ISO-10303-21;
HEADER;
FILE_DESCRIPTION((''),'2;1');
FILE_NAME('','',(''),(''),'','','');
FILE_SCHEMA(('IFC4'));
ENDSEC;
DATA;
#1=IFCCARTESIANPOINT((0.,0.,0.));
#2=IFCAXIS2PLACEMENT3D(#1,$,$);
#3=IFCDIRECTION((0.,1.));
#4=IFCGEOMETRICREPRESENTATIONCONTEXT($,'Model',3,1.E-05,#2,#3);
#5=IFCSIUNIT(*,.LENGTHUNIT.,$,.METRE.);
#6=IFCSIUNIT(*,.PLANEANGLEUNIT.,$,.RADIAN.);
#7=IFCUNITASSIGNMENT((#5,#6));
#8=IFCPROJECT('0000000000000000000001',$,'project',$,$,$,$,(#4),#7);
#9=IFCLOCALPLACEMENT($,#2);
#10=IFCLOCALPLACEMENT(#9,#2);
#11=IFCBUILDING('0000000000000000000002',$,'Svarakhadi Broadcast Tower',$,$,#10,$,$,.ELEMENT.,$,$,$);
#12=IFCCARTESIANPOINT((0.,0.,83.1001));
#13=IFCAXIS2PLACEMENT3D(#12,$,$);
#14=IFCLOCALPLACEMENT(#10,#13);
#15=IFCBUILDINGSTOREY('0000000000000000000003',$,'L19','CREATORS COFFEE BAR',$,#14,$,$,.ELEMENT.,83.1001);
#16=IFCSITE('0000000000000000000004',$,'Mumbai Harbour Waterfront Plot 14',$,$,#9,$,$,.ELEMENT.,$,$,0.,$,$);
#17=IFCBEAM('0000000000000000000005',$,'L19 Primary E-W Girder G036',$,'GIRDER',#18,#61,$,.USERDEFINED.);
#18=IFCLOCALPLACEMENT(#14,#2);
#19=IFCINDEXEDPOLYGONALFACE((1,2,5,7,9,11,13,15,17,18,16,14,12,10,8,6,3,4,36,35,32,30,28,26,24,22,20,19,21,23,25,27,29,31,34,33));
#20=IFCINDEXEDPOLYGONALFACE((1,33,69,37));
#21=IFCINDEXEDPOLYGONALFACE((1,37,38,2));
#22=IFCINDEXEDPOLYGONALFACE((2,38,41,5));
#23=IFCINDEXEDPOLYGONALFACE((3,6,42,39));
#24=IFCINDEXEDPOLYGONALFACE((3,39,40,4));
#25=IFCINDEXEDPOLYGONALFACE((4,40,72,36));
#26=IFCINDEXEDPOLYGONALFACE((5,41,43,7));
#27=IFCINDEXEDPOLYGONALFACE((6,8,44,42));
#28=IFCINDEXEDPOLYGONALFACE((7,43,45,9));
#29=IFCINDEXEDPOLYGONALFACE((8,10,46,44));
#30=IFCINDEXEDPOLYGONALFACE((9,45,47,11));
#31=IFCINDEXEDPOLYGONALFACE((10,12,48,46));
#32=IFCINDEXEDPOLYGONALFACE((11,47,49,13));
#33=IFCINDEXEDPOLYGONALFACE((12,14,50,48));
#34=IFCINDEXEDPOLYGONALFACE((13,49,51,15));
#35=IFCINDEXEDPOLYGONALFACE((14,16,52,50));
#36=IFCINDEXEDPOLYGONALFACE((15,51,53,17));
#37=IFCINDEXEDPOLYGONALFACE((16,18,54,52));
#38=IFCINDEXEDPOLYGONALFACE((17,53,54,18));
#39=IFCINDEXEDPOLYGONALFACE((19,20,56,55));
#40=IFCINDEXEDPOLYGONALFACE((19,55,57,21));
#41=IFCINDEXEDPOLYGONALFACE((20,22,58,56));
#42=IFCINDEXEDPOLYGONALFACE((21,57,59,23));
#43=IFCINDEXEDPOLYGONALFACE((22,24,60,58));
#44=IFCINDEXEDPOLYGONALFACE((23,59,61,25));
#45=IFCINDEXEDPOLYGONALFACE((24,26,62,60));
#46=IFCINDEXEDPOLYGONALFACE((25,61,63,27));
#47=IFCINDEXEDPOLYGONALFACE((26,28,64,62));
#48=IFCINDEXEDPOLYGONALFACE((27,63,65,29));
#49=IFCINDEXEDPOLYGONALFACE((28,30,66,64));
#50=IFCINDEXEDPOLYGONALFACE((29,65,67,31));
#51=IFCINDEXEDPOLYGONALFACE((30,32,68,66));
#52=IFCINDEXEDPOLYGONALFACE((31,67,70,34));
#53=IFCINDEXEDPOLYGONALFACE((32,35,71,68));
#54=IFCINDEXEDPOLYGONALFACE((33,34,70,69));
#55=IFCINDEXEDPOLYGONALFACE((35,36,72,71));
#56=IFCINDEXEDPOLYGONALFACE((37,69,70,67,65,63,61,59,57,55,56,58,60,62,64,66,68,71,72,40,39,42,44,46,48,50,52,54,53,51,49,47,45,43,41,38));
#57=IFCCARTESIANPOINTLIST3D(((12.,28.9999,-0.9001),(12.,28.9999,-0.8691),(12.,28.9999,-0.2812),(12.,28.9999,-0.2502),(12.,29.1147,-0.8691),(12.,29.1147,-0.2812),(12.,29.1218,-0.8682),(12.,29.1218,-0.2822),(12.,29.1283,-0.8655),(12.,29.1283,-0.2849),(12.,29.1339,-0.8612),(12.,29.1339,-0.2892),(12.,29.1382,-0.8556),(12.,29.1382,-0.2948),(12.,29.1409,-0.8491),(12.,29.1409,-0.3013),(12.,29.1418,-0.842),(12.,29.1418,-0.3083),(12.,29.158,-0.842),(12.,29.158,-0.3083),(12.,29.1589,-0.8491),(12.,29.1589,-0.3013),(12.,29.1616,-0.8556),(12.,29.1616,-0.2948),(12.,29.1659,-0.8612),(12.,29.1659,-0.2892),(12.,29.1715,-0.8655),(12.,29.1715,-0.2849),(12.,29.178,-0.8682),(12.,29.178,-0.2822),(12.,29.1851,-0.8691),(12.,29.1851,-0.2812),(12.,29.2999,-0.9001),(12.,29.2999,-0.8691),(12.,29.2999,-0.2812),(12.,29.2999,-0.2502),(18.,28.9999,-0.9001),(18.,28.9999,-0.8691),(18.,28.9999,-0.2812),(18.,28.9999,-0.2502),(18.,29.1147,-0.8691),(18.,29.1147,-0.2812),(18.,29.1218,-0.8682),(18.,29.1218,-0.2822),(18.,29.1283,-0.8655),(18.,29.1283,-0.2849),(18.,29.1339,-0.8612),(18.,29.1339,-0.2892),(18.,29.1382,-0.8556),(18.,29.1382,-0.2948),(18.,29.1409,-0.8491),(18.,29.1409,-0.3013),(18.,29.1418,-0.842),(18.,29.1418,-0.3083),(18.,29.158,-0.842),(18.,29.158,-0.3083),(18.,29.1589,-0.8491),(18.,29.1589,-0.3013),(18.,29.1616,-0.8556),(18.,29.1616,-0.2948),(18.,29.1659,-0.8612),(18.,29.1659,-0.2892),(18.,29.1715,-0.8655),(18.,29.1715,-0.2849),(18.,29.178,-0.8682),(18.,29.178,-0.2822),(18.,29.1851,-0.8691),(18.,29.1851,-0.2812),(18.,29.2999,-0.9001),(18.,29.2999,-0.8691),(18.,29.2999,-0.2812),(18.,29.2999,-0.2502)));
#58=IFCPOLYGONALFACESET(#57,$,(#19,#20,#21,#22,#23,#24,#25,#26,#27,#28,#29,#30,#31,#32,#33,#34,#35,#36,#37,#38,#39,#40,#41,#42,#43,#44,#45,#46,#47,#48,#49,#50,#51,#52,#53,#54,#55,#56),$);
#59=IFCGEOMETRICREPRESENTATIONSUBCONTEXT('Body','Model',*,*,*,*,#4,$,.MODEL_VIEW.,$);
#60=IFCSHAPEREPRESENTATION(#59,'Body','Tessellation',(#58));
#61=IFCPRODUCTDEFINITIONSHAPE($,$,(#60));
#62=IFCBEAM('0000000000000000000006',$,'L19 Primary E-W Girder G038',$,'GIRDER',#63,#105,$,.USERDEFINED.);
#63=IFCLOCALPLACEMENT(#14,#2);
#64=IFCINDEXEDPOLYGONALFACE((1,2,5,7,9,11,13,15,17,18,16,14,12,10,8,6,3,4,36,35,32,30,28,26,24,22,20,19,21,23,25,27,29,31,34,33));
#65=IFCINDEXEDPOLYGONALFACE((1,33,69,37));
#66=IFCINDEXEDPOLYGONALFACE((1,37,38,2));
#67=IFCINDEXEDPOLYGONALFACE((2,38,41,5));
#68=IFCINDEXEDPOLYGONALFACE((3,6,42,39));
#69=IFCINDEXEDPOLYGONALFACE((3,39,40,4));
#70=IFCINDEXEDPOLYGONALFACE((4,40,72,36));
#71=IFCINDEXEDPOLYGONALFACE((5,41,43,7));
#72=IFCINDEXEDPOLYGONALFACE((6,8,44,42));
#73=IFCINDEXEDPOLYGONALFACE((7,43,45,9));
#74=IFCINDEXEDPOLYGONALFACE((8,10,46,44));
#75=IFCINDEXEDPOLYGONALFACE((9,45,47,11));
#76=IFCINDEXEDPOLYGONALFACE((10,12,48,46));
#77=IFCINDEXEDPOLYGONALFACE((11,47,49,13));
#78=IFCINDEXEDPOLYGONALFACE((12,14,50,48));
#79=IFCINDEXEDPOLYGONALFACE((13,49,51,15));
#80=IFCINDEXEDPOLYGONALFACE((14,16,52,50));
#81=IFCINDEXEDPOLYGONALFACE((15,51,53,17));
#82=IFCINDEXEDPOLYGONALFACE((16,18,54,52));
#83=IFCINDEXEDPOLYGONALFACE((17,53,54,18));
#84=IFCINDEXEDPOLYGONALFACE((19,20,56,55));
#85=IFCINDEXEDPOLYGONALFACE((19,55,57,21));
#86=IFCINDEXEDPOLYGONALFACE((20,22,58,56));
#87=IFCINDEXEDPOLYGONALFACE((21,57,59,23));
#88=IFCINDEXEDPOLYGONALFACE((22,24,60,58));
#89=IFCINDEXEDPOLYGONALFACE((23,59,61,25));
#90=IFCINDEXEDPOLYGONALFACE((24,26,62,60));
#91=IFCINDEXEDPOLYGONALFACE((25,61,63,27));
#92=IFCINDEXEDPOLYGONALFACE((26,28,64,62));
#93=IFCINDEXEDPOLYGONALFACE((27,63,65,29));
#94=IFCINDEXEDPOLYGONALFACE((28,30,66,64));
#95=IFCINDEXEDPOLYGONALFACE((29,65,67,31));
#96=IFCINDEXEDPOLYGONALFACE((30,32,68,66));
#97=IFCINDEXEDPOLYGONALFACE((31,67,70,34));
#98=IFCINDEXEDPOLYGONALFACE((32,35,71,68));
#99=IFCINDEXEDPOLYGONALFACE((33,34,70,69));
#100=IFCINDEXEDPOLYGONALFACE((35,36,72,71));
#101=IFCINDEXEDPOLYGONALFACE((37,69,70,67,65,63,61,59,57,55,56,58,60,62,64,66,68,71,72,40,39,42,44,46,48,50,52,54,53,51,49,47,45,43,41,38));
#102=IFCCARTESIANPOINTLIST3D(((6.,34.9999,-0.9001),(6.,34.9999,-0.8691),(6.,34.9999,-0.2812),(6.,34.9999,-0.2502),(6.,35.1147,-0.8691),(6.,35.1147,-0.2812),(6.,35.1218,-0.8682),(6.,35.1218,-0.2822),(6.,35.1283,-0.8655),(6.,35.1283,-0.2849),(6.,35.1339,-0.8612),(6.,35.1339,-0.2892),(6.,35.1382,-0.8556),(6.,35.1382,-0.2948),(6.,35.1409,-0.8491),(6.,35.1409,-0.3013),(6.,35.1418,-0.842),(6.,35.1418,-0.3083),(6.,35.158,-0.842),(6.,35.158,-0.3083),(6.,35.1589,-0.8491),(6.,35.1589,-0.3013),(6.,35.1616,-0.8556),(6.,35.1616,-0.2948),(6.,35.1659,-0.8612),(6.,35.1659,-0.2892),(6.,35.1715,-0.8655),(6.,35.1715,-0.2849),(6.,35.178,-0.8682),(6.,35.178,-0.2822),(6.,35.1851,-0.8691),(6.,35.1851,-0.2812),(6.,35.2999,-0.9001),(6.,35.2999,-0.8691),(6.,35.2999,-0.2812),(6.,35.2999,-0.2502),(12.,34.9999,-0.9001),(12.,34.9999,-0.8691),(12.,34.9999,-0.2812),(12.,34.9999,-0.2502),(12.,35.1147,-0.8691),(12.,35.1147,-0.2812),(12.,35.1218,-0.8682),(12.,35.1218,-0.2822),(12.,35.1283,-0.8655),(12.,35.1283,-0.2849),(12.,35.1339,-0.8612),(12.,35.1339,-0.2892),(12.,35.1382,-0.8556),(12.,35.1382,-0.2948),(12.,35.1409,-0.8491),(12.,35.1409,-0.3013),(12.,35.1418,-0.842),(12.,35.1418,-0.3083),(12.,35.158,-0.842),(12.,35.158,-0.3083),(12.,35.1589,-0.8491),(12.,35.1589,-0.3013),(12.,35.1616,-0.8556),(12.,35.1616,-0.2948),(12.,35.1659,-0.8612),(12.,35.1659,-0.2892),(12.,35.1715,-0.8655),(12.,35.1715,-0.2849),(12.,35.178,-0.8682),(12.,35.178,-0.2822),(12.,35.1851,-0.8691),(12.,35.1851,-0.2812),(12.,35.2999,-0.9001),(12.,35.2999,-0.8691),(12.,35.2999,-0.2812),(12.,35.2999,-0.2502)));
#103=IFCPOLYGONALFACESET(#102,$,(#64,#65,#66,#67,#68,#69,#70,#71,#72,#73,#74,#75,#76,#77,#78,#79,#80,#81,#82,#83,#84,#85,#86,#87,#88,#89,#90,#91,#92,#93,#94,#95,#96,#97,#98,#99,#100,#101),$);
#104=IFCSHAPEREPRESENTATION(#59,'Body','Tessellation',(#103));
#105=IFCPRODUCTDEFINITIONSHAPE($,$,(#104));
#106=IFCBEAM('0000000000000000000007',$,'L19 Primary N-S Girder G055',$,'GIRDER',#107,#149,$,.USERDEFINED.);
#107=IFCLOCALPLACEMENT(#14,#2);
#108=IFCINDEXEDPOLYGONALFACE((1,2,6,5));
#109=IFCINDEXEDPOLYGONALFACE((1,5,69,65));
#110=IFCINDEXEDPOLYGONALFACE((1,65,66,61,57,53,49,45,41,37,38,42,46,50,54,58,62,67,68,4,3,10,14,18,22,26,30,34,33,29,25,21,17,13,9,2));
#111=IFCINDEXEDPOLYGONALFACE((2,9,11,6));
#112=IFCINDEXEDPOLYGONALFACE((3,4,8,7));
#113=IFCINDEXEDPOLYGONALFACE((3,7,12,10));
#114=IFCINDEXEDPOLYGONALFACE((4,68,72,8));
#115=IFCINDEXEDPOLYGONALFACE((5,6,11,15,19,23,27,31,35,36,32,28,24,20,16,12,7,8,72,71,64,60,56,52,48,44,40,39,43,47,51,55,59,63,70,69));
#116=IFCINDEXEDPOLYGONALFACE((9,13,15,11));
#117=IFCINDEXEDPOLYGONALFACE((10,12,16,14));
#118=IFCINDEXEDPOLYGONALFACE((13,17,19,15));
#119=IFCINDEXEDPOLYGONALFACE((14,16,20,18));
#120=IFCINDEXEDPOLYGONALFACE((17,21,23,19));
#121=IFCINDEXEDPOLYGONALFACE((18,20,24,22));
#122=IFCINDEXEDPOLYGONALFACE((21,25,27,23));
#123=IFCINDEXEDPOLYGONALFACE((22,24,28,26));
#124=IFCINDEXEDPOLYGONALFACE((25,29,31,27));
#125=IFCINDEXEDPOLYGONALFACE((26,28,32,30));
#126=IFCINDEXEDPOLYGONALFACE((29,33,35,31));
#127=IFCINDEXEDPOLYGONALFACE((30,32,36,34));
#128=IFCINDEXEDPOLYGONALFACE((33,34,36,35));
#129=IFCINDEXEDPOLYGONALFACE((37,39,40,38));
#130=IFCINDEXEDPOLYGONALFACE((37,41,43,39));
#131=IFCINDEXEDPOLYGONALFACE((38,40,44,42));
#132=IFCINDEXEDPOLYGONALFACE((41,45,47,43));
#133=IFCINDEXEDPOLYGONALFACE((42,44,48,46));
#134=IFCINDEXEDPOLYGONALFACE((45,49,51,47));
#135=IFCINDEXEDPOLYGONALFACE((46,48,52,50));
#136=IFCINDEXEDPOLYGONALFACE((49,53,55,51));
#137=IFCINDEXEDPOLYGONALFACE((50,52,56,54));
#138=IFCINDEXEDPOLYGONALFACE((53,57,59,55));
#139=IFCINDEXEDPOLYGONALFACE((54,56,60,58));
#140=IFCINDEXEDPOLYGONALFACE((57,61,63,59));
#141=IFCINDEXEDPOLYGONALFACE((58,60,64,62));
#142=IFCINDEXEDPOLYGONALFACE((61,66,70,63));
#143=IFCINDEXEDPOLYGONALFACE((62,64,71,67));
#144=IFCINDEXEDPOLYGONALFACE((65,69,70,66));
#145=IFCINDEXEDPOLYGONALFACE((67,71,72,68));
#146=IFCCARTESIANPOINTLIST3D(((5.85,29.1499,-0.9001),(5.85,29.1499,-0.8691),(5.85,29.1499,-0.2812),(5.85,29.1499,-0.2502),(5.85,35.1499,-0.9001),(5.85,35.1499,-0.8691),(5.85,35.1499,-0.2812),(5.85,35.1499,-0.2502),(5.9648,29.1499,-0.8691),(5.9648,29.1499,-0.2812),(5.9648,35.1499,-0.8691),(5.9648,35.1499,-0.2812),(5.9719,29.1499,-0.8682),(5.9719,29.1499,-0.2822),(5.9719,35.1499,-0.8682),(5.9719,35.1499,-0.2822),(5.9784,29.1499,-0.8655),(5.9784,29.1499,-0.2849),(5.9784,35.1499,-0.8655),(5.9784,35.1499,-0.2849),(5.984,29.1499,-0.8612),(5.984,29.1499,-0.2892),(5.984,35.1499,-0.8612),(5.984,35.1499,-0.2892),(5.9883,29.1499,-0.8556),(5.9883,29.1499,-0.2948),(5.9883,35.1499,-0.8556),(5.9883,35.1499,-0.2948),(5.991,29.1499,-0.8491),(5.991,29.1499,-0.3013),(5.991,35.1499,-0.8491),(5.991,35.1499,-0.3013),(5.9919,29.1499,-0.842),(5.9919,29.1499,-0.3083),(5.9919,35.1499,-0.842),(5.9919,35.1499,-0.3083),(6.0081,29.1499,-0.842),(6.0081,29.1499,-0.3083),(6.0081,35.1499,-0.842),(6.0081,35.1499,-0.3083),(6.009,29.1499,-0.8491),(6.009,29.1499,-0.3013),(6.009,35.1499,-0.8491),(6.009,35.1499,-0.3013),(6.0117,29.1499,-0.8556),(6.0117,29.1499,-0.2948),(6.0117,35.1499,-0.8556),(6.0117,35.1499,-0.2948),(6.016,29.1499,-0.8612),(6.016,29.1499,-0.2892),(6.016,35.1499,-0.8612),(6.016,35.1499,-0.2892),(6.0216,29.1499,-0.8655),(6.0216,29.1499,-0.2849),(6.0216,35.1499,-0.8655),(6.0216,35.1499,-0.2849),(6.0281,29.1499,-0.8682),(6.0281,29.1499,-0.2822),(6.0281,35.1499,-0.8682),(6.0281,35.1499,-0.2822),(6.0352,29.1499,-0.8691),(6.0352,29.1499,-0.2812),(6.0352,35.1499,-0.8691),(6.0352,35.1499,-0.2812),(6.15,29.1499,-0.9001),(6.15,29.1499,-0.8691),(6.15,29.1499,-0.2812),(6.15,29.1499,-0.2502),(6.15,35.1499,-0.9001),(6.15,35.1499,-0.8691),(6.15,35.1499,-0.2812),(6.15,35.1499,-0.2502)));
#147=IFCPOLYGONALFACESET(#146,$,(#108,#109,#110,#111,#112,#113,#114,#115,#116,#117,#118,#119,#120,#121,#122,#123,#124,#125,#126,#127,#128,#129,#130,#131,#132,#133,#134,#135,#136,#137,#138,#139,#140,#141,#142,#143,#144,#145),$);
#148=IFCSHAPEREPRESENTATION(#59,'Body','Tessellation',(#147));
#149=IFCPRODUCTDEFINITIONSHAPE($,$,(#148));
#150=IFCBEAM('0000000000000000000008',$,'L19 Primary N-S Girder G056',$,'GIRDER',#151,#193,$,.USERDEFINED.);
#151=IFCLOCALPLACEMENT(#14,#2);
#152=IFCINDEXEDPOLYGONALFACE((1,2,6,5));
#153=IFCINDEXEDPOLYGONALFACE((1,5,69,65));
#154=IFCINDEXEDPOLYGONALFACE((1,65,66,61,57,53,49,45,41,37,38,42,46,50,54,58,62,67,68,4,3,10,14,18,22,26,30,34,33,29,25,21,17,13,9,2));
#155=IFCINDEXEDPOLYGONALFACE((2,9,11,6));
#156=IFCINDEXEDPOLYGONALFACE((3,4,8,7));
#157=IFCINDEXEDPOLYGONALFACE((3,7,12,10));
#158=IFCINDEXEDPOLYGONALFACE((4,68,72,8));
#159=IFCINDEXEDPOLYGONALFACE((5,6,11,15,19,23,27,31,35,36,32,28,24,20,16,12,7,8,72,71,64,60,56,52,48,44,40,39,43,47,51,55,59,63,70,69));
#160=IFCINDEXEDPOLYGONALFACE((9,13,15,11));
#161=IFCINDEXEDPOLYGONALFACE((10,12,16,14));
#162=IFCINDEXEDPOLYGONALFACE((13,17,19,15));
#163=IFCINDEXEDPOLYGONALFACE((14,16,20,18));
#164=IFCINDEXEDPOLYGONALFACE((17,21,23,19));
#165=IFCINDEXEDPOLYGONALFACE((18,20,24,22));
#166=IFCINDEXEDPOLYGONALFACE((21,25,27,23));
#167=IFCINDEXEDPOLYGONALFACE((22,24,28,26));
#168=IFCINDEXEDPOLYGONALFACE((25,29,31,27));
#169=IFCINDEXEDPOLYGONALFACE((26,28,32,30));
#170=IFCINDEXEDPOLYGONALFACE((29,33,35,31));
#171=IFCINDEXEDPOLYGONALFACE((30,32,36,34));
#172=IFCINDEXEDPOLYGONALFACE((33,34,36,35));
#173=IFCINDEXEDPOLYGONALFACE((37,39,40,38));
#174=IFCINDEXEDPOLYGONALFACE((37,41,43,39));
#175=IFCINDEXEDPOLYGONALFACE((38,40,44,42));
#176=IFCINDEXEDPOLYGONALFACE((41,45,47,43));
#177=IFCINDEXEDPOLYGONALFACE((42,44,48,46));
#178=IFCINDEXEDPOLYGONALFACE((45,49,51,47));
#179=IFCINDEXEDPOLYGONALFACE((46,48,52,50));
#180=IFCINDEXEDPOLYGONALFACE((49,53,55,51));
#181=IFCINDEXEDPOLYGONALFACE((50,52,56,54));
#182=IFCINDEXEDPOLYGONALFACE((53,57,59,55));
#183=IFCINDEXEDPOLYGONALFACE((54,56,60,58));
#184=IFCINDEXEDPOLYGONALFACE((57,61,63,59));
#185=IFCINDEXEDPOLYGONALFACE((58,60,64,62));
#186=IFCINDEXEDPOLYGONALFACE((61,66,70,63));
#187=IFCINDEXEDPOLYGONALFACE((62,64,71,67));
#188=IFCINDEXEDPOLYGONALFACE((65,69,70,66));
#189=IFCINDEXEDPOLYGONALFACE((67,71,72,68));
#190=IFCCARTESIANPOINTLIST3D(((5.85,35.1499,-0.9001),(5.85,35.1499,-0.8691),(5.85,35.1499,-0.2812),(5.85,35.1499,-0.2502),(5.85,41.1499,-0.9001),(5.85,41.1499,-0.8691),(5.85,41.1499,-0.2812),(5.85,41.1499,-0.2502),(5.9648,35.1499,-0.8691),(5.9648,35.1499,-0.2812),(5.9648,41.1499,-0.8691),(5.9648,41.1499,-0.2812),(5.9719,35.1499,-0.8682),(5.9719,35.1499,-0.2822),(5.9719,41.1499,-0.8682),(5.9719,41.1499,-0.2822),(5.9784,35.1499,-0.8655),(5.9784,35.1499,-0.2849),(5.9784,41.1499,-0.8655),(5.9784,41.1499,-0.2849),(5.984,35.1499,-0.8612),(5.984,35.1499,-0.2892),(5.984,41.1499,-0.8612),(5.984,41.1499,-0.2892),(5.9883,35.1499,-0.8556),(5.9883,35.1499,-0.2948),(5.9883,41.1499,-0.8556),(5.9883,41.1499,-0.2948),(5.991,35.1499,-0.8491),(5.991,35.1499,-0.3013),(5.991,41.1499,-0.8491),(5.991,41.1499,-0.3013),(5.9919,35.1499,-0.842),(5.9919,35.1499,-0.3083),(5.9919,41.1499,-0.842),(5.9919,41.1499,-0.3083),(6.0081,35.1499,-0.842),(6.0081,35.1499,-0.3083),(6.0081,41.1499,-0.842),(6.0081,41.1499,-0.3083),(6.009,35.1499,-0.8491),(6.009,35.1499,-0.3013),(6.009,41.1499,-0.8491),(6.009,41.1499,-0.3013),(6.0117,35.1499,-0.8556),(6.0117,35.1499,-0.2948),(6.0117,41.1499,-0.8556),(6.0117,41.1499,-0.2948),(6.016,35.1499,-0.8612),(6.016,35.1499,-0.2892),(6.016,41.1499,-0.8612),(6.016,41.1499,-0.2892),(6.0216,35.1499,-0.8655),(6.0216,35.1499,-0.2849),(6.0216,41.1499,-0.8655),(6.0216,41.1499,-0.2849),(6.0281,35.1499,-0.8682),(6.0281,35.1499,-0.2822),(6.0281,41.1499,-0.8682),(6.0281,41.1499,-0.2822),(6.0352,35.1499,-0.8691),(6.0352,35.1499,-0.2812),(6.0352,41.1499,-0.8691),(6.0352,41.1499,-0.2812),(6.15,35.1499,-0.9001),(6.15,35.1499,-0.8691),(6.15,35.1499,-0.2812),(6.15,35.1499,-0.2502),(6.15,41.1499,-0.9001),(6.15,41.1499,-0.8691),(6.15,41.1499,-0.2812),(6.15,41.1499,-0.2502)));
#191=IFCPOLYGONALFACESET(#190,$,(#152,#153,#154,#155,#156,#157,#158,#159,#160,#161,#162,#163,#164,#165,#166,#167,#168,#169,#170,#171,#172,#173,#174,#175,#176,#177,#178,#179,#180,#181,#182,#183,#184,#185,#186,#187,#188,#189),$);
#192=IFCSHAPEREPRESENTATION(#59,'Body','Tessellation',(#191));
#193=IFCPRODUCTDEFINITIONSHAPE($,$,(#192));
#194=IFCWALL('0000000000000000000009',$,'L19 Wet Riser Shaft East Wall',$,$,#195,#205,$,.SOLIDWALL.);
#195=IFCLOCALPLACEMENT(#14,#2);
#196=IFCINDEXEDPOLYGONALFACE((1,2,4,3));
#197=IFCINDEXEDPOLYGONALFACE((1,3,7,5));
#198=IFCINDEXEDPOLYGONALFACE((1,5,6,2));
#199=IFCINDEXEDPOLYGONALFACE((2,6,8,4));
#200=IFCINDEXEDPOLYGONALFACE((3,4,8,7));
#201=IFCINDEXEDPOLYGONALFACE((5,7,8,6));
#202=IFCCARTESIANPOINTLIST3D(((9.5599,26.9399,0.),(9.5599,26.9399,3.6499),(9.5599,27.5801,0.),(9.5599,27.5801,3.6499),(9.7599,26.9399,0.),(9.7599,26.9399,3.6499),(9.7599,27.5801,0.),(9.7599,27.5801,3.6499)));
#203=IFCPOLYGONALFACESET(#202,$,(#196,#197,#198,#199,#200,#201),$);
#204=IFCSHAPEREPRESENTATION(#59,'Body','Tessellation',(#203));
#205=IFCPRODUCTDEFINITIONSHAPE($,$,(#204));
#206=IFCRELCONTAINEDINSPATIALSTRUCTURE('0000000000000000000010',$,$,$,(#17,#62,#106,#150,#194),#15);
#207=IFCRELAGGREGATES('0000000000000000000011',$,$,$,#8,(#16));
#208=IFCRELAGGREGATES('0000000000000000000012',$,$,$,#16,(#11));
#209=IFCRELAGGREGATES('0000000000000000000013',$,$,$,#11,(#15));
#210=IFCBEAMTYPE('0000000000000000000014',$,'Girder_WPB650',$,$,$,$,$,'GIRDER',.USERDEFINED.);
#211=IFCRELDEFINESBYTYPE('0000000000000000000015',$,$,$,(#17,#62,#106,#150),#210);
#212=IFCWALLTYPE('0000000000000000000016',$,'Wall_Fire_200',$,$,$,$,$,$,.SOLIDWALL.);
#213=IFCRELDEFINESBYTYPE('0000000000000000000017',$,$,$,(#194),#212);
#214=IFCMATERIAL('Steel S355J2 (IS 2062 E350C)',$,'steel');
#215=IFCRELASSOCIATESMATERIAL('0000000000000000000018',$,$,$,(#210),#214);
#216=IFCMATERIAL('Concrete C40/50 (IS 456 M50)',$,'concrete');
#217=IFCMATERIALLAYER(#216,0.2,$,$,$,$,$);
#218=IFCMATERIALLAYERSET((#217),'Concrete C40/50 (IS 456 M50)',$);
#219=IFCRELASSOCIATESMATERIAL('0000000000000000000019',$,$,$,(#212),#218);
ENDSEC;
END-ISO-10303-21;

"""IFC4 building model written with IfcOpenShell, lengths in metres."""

from ifc_helpers import new_model, si_unit, direction, frame, frame_2d, origin, origin_2d, place, context, subcontext, project, spatial, rectangle, i_section, extrude, material, layer, layer_set, material_profile, profile_set, type_object, element, save


model = new_model("IFC4")

# Units and contexts
model_context = context("Model", 3, precision=1e-05, world=origin(), true_north=direction((0.0, 1.0)))
body_context = subcontext(model_context, "Body", "Model", "MODEL_VIEW")
ifc_project = project(units=[si_unit("LENGTHUNIT", "METRE"), si_unit("PLANEANGLEUNIT", "RADIAN")], contexts=[model_context])

# Site, building, storey
site_placement = place(None, origin())
site = spatial("IfcSite", under=ifc_project, at=site_placement, Name="Mumbai Harbour Waterfront Plot 14", CompositionType="ELEMENT", RefElevation=0.0)
building_placement = place(site_placement, origin())
building = spatial("IfcBuilding", under=site, at=building_placement, Name="Svarakhadi Broadcast Tower", CompositionType="ELEMENT")
storey_placement = place(building_placement, frame((0.0, 0.0, 83.1001)))
storey = spatial("IfcBuildingStorey", under=building, at=storey_placement, Name="L19", Description="CREATORS COFFEE BAR", CompositionType="ELEMENT", Elevation=83.1001)

# Beams
ifc_material_1 = material(Name="Steel S355J2 (IS 2062 E350C)", Category="steel")
ifc_material_profile_1 = material_profile(ifc_material_1, i_section(OverallWidth=0.3, OverallDepth=0.6499, WebThickness=0.0161, FlangeThickness=0.031, FilletRadius=0.0271, at=origin_2d()), Name="WPB 650x300x225")
ifc_profile_set_1 = profile_set([ifc_material_profile_1], Name="Steel S355J2 (IS 2062 E350C)")
beam_type_1 = type_object("IfcBeamType", Name="Girder_WPB650", ElementType="GIRDER", PredefinedType="USERDEFINED", material=ifc_profile_set_1)
for number, where, z_axis, x_axis, name in (
    (1, (12.0, 29.1499, -0.5752), (1.0, 0.0, 0.0), (0.0, 1.0, 0.0), "L19 Primary E-W Girder G036"),
    (2, (6.0, 35.1499, -0.5752), (1.0, 0.0, 0.0), (0.0, 1.0, 0.0), "L19 Primary E-W Girder G038"),
    (3, (6.0, 29.1499, -0.5752), (0.0, 1.0, 0.0), (-1.0, 0.0, 0.0), "L19 Primary N-S Girder G055"),
    (4, (6.0, 35.1499, -0.5752), (0.0, 1.0, 0.0), (-1.0, 0.0, 0.0), "L19 Primary N-S Girder G056"),
):
    element("IfcBeam", number, at=place(storey_placement, frame(where, z_axis=z_axis, x_axis=x_axis)), inside=storey, type_object=beam_type_1, Name=name, ObjectType="GIRDER", PredefinedType="USERDEFINED", context=body_context, shape_type="SweptSolid", body=[
        extrude(i_section(OverallWidth=0.3, OverallDepth=0.6499, WebThickness=0.0161, FlangeThickness=0.031, FilletRadius=0.0271, at=origin_2d()), origin(), (0.0, 0.0, 1.0), 6.0),
    ])

# Wall
ifc_material_2 = material(Name="Concrete C40/50 (IS 456 M50)", Category="concrete")
ifc_layer_1 = layer(ifc_material_2, 0.2)
ifc_layer_set_1 = layer_set([ifc_layer_1], Name="Concrete C40/50 (IS 456 M50)")
wall_type_1 = type_object("IfcWallType", Name="Wall_Fire_200", PredefinedType="SOLIDWALL", material=ifc_layer_set_1)
wall_1_placement = place(storey_placement, frame((9.6599, 26.9399, 0.0), z_axis=(0.0, 0.0, 1.0), x_axis=(0.0, 1.0, 0.0)))
element("IfcWall", 5, at=wall_1_placement, inside=storey, type_object=wall_type_1, Name="L19 Wet Riser Shaft East Wall", PredefinedType="SOLIDWALL", context=body_context, shape_type="SweptSolid", body=[
    extrude(rectangle(XDim=0.6401, YDim=0.2, at=frame_2d((0.3201, 0.0))), origin(), (0.0, 0.0, 1.0), 3.6499),
])

save(model, "model.ifc")
